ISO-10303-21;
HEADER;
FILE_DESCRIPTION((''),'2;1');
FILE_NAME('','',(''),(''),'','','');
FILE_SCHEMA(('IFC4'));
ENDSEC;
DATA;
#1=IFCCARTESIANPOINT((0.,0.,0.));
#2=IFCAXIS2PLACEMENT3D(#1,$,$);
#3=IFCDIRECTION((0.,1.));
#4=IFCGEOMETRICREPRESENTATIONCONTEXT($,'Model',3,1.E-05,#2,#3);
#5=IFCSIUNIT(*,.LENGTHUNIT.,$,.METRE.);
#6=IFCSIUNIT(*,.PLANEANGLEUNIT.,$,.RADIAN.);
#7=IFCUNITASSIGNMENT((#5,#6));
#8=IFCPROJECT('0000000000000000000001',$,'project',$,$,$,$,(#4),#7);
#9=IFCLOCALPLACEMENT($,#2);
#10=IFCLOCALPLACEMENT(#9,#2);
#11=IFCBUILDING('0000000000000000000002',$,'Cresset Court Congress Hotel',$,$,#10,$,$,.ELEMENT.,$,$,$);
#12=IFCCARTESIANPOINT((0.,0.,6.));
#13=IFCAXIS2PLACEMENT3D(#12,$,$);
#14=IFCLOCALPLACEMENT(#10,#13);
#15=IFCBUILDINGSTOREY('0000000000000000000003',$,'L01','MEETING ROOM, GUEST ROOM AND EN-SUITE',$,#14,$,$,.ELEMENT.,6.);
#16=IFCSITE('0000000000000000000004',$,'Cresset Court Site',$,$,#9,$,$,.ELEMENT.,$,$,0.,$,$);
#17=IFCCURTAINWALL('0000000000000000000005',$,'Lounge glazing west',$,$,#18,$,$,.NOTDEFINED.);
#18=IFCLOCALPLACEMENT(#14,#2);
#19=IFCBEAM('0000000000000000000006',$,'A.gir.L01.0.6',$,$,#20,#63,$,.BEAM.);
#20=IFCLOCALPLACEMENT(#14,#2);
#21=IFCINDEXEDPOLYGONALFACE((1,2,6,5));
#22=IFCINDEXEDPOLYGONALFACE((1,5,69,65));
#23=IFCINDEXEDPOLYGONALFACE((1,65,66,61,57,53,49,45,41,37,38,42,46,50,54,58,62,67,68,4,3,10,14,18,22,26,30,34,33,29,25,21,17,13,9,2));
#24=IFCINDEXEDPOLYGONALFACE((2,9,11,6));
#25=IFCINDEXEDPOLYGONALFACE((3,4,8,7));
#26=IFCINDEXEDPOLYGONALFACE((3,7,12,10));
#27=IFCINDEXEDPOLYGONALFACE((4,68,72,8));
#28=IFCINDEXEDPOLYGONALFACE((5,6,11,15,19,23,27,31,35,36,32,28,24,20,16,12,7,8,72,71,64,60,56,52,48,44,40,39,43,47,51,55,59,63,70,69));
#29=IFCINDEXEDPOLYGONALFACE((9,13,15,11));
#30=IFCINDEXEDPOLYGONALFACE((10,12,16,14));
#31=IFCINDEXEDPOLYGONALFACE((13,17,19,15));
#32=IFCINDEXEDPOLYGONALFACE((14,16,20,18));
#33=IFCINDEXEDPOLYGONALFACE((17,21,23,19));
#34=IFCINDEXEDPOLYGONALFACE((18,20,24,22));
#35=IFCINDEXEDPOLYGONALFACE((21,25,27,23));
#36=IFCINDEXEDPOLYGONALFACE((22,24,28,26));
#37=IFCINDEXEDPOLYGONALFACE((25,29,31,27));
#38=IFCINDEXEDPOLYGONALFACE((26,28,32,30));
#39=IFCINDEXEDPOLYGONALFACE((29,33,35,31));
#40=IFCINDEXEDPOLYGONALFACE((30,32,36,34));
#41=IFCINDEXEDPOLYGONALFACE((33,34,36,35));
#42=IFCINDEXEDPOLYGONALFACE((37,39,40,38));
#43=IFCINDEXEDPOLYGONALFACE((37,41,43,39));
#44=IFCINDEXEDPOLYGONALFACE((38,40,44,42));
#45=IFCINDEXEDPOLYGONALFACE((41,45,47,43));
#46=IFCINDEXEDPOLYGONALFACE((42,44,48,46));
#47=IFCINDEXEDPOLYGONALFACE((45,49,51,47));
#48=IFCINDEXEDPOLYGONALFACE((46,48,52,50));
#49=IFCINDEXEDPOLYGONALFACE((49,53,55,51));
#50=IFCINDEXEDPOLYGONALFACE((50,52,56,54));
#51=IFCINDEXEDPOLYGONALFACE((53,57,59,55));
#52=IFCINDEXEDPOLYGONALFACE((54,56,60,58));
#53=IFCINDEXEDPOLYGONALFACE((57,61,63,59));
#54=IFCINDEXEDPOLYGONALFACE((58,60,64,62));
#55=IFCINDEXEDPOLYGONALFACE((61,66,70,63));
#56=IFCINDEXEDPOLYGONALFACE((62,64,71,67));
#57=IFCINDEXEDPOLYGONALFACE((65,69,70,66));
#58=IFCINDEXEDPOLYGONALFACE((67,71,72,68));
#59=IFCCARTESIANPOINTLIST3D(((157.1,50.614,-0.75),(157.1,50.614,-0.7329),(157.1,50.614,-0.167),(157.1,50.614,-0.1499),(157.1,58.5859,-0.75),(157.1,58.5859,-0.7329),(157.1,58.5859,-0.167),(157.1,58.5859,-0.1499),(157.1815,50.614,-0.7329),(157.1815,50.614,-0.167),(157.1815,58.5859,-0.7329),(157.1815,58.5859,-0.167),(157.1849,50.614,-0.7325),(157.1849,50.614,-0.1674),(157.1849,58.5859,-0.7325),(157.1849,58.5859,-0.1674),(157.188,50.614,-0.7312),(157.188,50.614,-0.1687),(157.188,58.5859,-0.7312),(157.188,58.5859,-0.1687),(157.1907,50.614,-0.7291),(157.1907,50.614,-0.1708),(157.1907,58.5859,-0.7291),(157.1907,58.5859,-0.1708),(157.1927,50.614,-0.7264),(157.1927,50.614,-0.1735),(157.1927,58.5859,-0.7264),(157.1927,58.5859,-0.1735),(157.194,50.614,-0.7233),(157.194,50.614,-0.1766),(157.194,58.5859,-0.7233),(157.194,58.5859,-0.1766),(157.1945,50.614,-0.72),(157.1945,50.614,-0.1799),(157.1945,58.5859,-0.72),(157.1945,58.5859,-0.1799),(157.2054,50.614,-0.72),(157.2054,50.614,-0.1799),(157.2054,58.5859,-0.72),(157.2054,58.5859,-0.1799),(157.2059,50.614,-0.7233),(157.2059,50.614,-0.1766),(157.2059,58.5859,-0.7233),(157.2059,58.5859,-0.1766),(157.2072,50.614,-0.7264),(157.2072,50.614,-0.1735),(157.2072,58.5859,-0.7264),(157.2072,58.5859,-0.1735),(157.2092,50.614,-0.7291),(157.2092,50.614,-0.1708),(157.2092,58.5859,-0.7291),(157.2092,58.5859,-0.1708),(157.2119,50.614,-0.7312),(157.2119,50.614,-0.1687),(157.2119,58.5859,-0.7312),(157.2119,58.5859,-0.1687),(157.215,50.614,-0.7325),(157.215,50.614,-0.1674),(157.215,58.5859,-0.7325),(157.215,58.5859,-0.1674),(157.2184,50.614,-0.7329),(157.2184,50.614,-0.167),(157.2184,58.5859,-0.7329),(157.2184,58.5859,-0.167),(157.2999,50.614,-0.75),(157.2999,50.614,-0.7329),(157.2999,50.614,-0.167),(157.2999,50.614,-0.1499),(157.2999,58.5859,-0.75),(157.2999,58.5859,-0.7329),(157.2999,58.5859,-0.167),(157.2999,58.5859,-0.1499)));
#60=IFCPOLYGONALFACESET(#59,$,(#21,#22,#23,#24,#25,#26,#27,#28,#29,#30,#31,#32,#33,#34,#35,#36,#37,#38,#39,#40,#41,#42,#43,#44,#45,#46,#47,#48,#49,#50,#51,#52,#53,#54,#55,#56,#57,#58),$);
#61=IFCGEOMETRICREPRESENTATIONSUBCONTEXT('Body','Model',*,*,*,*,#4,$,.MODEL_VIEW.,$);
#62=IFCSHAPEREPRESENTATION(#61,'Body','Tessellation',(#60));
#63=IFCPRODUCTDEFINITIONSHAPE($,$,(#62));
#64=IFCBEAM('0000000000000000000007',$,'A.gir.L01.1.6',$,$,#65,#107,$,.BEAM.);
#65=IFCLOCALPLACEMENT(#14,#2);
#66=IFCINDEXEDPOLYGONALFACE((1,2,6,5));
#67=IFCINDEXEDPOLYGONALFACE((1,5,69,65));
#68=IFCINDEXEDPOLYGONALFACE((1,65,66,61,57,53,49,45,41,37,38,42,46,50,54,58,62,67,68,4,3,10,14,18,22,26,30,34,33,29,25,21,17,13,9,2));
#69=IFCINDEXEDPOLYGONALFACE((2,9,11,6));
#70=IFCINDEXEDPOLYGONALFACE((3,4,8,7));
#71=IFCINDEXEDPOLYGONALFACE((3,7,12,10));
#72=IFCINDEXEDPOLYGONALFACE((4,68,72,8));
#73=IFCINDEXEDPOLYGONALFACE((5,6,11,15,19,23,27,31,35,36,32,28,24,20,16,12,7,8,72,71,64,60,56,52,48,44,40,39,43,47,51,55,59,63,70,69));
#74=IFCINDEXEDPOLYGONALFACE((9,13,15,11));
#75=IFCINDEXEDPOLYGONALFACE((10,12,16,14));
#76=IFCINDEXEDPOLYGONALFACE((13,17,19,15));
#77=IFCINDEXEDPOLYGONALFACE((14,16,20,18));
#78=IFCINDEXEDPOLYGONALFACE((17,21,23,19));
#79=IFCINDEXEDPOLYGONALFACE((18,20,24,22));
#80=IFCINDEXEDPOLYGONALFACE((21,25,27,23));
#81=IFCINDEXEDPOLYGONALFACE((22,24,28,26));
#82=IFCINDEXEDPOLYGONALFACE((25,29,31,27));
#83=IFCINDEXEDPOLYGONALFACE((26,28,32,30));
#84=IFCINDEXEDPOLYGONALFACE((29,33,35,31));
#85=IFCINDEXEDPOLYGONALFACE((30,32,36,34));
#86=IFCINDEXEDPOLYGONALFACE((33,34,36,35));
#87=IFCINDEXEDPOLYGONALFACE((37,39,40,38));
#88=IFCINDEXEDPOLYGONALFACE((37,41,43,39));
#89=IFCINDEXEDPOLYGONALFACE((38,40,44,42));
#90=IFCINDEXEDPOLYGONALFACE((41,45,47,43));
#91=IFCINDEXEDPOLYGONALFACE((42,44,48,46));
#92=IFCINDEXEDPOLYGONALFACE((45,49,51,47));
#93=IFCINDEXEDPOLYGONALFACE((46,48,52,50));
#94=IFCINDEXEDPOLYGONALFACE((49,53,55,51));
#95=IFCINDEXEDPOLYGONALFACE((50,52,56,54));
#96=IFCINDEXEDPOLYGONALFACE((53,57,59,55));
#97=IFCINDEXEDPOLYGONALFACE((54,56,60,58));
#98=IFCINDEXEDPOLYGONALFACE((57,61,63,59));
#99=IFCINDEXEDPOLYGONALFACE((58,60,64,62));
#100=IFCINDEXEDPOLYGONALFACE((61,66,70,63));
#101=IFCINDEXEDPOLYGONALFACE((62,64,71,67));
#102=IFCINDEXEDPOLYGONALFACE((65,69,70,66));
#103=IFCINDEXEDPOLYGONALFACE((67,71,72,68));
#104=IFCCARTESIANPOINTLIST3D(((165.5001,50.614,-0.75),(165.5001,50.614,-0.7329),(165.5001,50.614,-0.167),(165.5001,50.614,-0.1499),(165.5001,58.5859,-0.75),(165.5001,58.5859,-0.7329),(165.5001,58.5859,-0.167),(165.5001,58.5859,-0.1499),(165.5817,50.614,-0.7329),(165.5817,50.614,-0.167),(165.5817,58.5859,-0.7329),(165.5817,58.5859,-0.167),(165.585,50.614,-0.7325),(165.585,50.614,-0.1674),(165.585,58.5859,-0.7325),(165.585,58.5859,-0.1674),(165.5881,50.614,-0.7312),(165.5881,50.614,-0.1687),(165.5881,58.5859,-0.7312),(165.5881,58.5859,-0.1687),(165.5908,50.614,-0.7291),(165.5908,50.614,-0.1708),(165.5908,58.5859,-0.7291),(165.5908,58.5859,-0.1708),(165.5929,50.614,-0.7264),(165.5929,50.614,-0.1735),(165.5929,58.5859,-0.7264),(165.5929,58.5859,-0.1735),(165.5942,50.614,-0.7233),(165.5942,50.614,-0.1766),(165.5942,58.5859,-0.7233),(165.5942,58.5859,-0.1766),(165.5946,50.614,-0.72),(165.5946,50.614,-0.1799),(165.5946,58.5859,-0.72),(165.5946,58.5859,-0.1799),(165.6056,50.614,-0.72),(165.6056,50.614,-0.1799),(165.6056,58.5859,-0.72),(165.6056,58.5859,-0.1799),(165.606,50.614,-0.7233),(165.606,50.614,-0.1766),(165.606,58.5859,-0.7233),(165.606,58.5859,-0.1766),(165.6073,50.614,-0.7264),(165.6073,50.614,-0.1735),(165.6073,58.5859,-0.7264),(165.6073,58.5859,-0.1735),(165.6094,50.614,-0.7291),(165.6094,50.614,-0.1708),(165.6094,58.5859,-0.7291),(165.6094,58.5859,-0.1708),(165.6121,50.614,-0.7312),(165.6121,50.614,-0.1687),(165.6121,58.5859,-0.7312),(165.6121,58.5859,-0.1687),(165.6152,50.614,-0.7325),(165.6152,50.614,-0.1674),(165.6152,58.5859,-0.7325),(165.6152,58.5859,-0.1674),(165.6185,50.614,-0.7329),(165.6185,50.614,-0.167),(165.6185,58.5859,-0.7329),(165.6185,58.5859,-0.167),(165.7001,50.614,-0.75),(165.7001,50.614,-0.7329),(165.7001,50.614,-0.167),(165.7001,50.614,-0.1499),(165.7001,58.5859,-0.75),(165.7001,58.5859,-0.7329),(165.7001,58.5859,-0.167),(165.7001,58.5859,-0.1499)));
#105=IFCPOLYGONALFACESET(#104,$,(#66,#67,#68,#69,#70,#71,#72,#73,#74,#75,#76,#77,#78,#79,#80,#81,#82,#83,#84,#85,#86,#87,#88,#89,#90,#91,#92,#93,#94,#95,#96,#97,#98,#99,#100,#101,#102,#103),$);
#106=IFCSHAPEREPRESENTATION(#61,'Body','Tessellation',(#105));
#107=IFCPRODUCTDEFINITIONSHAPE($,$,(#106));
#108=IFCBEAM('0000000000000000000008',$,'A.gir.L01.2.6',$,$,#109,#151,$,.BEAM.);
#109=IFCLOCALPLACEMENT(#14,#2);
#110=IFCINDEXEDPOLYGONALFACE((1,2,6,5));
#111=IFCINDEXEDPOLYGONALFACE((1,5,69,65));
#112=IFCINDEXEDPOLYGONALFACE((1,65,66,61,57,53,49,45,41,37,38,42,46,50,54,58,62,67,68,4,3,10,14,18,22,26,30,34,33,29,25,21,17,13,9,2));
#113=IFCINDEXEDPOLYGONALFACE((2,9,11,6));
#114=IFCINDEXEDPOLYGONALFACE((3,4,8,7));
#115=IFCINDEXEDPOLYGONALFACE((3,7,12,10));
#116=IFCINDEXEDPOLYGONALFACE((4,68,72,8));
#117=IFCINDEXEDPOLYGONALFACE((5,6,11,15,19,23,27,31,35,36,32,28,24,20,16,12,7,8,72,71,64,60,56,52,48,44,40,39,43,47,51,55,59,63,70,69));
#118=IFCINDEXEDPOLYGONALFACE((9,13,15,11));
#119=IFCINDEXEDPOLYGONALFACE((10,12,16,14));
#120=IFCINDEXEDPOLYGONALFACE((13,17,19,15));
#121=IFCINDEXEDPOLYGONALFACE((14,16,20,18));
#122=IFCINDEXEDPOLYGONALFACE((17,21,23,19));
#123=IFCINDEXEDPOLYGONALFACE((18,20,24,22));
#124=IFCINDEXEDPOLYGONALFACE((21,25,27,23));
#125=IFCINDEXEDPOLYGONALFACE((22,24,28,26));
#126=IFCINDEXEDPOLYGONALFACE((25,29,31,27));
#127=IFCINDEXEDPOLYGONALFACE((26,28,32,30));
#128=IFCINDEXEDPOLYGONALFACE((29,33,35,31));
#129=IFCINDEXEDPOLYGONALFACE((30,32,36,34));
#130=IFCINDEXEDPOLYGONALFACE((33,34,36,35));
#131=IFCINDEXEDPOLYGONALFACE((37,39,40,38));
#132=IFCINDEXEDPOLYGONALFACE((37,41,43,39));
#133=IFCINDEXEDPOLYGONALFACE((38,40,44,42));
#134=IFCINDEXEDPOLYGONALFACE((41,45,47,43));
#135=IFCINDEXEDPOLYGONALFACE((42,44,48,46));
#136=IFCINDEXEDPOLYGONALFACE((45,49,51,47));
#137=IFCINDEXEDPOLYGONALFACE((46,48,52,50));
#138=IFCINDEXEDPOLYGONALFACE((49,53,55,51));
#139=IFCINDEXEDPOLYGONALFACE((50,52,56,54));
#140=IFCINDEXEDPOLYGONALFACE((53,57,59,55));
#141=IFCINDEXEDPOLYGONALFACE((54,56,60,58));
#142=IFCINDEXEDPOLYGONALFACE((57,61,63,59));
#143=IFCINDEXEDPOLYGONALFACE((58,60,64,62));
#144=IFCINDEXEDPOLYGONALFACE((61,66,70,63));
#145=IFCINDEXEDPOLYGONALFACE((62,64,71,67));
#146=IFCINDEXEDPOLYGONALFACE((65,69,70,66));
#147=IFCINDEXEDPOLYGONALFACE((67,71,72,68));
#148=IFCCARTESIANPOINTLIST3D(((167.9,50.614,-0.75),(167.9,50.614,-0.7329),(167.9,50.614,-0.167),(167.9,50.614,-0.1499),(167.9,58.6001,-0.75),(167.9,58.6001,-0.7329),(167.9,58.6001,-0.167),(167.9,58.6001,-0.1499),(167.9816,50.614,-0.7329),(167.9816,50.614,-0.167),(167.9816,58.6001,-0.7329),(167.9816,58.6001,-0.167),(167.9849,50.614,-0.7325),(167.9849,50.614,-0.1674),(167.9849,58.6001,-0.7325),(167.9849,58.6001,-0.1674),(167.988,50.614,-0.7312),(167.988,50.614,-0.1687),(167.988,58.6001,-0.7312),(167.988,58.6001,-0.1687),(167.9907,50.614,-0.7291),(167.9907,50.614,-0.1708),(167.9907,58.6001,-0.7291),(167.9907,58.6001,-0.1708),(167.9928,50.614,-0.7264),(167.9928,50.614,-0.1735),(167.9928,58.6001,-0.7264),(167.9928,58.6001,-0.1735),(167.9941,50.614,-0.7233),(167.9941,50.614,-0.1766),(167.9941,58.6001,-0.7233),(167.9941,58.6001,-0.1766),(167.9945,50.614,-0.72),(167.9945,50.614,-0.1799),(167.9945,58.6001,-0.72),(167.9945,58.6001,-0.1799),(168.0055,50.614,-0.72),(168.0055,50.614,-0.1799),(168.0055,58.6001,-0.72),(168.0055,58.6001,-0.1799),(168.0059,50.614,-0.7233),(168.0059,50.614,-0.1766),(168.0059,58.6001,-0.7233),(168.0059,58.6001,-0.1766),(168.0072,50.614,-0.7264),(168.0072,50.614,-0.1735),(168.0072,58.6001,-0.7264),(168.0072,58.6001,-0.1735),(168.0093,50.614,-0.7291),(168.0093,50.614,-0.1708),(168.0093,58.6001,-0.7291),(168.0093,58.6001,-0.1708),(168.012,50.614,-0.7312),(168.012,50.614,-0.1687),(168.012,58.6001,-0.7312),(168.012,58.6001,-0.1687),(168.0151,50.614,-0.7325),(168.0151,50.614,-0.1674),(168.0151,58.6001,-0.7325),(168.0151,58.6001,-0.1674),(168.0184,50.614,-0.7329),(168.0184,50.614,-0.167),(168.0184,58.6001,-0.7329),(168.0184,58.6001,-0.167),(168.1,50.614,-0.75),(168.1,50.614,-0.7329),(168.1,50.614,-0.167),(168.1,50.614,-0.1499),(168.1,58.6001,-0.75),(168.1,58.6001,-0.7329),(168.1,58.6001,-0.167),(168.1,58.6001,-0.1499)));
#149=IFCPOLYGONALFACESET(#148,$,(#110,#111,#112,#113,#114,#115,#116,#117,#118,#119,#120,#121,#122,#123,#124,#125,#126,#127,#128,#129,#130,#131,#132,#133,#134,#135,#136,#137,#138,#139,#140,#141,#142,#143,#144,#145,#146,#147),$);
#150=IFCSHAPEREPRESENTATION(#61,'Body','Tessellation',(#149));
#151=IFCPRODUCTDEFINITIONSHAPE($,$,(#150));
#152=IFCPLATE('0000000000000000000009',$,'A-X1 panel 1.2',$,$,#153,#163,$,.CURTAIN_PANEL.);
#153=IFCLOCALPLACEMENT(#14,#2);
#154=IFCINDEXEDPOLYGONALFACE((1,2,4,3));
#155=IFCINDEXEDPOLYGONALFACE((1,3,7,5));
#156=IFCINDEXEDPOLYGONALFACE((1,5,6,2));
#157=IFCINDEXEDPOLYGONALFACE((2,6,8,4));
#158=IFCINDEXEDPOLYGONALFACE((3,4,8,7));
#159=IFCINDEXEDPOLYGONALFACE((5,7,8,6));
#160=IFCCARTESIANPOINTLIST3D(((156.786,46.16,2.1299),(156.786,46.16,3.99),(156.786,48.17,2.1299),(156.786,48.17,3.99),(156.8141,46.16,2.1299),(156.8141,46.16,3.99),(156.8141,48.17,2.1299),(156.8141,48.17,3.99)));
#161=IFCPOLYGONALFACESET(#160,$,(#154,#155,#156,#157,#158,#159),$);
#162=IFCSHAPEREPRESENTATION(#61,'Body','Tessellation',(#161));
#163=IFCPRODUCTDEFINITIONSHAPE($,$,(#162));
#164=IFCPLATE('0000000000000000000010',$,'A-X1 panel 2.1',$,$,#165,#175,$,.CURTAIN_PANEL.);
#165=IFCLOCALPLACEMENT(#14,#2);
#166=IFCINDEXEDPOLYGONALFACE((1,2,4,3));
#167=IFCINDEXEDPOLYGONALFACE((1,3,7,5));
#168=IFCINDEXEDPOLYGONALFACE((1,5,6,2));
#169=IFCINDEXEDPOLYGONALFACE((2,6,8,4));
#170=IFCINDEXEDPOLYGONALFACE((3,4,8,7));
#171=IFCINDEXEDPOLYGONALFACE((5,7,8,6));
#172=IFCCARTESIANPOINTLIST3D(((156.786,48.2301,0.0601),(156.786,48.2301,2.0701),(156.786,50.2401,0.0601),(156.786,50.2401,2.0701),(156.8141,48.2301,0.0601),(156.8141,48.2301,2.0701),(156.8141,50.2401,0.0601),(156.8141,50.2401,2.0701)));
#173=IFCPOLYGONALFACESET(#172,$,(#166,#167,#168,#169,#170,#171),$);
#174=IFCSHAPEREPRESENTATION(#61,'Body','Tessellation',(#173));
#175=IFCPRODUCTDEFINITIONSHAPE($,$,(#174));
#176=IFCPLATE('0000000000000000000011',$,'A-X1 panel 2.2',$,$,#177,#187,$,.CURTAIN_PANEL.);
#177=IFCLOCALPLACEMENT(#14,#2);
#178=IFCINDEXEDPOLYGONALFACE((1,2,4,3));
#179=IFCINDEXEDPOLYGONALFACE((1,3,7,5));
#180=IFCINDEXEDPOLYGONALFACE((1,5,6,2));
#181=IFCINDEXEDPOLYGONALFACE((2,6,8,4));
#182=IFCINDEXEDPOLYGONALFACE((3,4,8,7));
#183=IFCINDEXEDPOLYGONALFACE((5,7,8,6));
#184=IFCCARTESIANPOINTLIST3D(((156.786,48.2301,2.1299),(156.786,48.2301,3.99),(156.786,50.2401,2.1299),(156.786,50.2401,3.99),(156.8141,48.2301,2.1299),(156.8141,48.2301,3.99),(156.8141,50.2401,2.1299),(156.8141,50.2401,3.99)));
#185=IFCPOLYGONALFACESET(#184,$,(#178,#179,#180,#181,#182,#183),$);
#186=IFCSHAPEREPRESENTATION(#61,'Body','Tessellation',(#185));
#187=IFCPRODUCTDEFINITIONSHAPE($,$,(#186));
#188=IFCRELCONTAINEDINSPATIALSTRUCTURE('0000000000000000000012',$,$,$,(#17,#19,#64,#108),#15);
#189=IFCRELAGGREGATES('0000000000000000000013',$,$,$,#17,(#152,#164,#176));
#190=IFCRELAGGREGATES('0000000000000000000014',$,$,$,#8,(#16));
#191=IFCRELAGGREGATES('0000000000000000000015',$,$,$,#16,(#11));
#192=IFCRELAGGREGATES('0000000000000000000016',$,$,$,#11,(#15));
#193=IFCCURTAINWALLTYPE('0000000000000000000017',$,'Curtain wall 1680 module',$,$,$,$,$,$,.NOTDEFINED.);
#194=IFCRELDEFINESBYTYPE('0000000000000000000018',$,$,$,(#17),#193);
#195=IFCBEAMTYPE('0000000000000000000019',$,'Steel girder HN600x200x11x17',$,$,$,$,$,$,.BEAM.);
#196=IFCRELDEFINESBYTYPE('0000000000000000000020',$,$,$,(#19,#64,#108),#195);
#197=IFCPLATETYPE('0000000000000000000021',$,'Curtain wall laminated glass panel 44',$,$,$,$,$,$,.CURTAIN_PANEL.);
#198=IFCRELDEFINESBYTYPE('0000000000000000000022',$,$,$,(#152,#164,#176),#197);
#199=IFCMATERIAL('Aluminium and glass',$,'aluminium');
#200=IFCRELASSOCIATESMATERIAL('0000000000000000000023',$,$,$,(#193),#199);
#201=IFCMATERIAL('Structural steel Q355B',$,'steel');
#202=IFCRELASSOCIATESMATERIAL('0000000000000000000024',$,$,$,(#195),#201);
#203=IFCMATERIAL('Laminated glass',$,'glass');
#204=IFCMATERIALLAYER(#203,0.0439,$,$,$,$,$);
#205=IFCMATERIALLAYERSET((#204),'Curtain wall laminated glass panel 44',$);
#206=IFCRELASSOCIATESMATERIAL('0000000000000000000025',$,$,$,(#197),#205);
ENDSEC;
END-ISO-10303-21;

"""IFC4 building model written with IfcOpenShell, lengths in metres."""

from ifc_helpers import new_model, si_unit, direction, frame, origin, origin_2d, place, context, subcontext, project, spatial, rectangle, i_section, extrude, material, layer, layer_set, material_profile, profile_set, type_object, element, aggregate, save


model = new_model("IFC4")

# Units and contexts
model_context = context("Model", 3, precision=1e-05, world=origin(), true_north=direction((0.0, 1.0)))
body_context = subcontext(model_context, "Body", "Model", "MODEL_VIEW")
ifc_project = project(units=[si_unit("LENGTHUNIT", "METRE"), si_unit("PLANEANGLEUNIT", "RADIAN")], contexts=[model_context])

# Site, building, storey
site_placement = place(None, origin())
site = spatial("IfcSite", under=ifc_project, at=site_placement, Name="Cresset Court Site", CompositionType="ELEMENT", RefElevation=0.0)
building_placement = place(site_placement, origin())
building = spatial("IfcBuilding", under=site, at=building_placement, Name="Cresset Court Congress Hotel", CompositionType="ELEMENT")
storey_placement = place(building_placement, frame((0.0, 0.0, 6.0)))
storey = spatial("IfcBuildingStorey", under=building, at=storey_placement, Name="L01", Description="MEETING ROOM, GUEST ROOM AND EN-SUITE", CompositionType="ELEMENT", Elevation=6.0)

# Curtain wall
ifc_material_1 = material(Name="Aluminium and glass", Category="aluminium")
curtain_wall_type = type_object("IfcCurtainWallType", Name="Curtain wall 1680 module", PredefinedType="NOTDEFINED", material=ifc_material_1)
curtain_wall_placement = place(storey_placement, origin())
curtain_wall = element("IfcCurtainWall", 1, at=curtain_wall_placement, inside=storey, type_object=curtain_wall_type, Name="Lounge glazing west", PredefinedType="NOTDEFINED")

# Beams
ifc_material_2 = material(Name="Structural steel Q355B", Category="steel")
ifc_material_profile_1 = material_profile(ifc_material_2, i_section(OverallWidth=0.2, OverallDepth=0.6001, WebThickness=0.011, FlangeThickness=0.0171, FilletRadius=0.0129, at=origin_2d()), Name="HN600x200x11x17")
ifc_profile_set_1 = profile_set([ifc_material_profile_1], Name="Structural steel Q355B")
beam_type_1 = type_object("IfcBeamType", Name="Steel girder HN600x200x11x17", PredefinedType="BEAM", material=ifc_profile_set_1)
for number, where, z_axis, x_axis, name in (
    (2, (157.2, 50.614, -0.45), (0.0, 1.0, 0.0), (-1.0, 0.0, 0.0), "A.gir.L01.0.6"),
    (3, (165.6001, 50.614, -0.45), (0.0, 1.0, 0.0), (-1.0, 0.0, 0.0), "A.gir.L01.1.6"),
):
    element("IfcBeam", number, at=place(storey_placement, frame(where, z_axis=z_axis, x_axis=x_axis)), inside=storey, type_object=beam_type_1, Name=name, PredefinedType="BEAM", context=body_context, shape_type="SweptSolid", body=[
        extrude(i_section(OverallWidth=0.2, OverallDepth=0.6001, WebThickness=0.011, FlangeThickness=0.0171, FilletRadius=0.0129, at=origin_2d()), origin(), (0.0, 0.0, 1.0), 7.9719),
    ])
beam_1_placement = place(storey_placement, frame((168.0, 50.614, -0.45), z_axis=(0.0, 1.0, 0.0), x_axis=(-1.0, 0.0, 0.0)))
element("IfcBeam", 4, at=beam_1_placement, inside=storey, type_object=beam_type_1, Name="A.gir.L01.2.6", PredefinedType="BEAM", context=body_context, shape_type="SweptSolid", body=[
    extrude(i_section(OverallWidth=0.2, OverallDepth=0.6001, WebThickness=0.011, FlangeThickness=0.0171, FilletRadius=0.0129, at=origin_2d()), origin(), (0.0, 0.0, 1.0), 7.9861),
])

# Plates
ifc_material_3 = material(Name="Laminated glass", Category="glass")
ifc_layer_1 = layer(ifc_material_3, 0.0439)
ifc_layer_set_1 = layer_set([ifc_layer_1], Name="Curtain wall laminated glass panel 44")
plate_type = type_object("IfcPlateType", Name="Curtain wall laminated glass panel 44", PredefinedType="CURTAIN_PANEL", material=ifc_layer_set_1)
plate_1_placement = place(storey_placement, frame((156.8, 47.165, 2.1299), z_axis=(0.0, 0.0, 1.0), x_axis=(0.0, 1.0, 0.0)))
plate_1 = element("IfcPlate", 5, at=plate_1_placement, type_object=plate_type, Name="A-X1 panel 1.2", PredefinedType="CURTAIN_PANEL", context=body_context, shape_type="SweptSolid", body=[
    extrude(rectangle(XDim=2.01, YDim=0.0281, at=origin_2d()), origin(), (0.0, 0.0, 1.0), 1.8601),
])
plate_2_placement = place(storey_placement, frame((156.8, 49.2351, 0.0601), z_axis=(0.0, 0.0, 1.0), x_axis=(0.0, 1.0, 0.0)))
plate_2 = element("IfcPlate", 6, at=plate_2_placement, type_object=plate_type, Name="A-X1 panel 2.1", PredefinedType="CURTAIN_PANEL", context=body_context, shape_type="SweptSolid", body=[
    extrude(rectangle(XDim=2.01, YDim=0.0281, at=origin_2d()), origin(), (0.0, 0.0, 1.0), 2.01),
])
plate_3_placement = place(storey_placement, frame((156.8, 49.2351, 2.1299), z_axis=(0.0, 0.0, 1.0), x_axis=(0.0, 1.0, 0.0)))
plate_3 = element("IfcPlate", 7, at=plate_3_placement, type_object=plate_type, Name="A-X1 panel 2.2", PredefinedType="CURTAIN_PANEL", context=body_context, shape_type="SweptSolid", body=[
    extrude(rectangle(XDim=2.01, YDim=0.0281, at=origin_2d()), origin(), (0.0, 0.0, 1.0), 1.8601),
])
aggregate(curtain_wall, [plate_1, plate_2, plate_3])

save(model, "model.ifc")
